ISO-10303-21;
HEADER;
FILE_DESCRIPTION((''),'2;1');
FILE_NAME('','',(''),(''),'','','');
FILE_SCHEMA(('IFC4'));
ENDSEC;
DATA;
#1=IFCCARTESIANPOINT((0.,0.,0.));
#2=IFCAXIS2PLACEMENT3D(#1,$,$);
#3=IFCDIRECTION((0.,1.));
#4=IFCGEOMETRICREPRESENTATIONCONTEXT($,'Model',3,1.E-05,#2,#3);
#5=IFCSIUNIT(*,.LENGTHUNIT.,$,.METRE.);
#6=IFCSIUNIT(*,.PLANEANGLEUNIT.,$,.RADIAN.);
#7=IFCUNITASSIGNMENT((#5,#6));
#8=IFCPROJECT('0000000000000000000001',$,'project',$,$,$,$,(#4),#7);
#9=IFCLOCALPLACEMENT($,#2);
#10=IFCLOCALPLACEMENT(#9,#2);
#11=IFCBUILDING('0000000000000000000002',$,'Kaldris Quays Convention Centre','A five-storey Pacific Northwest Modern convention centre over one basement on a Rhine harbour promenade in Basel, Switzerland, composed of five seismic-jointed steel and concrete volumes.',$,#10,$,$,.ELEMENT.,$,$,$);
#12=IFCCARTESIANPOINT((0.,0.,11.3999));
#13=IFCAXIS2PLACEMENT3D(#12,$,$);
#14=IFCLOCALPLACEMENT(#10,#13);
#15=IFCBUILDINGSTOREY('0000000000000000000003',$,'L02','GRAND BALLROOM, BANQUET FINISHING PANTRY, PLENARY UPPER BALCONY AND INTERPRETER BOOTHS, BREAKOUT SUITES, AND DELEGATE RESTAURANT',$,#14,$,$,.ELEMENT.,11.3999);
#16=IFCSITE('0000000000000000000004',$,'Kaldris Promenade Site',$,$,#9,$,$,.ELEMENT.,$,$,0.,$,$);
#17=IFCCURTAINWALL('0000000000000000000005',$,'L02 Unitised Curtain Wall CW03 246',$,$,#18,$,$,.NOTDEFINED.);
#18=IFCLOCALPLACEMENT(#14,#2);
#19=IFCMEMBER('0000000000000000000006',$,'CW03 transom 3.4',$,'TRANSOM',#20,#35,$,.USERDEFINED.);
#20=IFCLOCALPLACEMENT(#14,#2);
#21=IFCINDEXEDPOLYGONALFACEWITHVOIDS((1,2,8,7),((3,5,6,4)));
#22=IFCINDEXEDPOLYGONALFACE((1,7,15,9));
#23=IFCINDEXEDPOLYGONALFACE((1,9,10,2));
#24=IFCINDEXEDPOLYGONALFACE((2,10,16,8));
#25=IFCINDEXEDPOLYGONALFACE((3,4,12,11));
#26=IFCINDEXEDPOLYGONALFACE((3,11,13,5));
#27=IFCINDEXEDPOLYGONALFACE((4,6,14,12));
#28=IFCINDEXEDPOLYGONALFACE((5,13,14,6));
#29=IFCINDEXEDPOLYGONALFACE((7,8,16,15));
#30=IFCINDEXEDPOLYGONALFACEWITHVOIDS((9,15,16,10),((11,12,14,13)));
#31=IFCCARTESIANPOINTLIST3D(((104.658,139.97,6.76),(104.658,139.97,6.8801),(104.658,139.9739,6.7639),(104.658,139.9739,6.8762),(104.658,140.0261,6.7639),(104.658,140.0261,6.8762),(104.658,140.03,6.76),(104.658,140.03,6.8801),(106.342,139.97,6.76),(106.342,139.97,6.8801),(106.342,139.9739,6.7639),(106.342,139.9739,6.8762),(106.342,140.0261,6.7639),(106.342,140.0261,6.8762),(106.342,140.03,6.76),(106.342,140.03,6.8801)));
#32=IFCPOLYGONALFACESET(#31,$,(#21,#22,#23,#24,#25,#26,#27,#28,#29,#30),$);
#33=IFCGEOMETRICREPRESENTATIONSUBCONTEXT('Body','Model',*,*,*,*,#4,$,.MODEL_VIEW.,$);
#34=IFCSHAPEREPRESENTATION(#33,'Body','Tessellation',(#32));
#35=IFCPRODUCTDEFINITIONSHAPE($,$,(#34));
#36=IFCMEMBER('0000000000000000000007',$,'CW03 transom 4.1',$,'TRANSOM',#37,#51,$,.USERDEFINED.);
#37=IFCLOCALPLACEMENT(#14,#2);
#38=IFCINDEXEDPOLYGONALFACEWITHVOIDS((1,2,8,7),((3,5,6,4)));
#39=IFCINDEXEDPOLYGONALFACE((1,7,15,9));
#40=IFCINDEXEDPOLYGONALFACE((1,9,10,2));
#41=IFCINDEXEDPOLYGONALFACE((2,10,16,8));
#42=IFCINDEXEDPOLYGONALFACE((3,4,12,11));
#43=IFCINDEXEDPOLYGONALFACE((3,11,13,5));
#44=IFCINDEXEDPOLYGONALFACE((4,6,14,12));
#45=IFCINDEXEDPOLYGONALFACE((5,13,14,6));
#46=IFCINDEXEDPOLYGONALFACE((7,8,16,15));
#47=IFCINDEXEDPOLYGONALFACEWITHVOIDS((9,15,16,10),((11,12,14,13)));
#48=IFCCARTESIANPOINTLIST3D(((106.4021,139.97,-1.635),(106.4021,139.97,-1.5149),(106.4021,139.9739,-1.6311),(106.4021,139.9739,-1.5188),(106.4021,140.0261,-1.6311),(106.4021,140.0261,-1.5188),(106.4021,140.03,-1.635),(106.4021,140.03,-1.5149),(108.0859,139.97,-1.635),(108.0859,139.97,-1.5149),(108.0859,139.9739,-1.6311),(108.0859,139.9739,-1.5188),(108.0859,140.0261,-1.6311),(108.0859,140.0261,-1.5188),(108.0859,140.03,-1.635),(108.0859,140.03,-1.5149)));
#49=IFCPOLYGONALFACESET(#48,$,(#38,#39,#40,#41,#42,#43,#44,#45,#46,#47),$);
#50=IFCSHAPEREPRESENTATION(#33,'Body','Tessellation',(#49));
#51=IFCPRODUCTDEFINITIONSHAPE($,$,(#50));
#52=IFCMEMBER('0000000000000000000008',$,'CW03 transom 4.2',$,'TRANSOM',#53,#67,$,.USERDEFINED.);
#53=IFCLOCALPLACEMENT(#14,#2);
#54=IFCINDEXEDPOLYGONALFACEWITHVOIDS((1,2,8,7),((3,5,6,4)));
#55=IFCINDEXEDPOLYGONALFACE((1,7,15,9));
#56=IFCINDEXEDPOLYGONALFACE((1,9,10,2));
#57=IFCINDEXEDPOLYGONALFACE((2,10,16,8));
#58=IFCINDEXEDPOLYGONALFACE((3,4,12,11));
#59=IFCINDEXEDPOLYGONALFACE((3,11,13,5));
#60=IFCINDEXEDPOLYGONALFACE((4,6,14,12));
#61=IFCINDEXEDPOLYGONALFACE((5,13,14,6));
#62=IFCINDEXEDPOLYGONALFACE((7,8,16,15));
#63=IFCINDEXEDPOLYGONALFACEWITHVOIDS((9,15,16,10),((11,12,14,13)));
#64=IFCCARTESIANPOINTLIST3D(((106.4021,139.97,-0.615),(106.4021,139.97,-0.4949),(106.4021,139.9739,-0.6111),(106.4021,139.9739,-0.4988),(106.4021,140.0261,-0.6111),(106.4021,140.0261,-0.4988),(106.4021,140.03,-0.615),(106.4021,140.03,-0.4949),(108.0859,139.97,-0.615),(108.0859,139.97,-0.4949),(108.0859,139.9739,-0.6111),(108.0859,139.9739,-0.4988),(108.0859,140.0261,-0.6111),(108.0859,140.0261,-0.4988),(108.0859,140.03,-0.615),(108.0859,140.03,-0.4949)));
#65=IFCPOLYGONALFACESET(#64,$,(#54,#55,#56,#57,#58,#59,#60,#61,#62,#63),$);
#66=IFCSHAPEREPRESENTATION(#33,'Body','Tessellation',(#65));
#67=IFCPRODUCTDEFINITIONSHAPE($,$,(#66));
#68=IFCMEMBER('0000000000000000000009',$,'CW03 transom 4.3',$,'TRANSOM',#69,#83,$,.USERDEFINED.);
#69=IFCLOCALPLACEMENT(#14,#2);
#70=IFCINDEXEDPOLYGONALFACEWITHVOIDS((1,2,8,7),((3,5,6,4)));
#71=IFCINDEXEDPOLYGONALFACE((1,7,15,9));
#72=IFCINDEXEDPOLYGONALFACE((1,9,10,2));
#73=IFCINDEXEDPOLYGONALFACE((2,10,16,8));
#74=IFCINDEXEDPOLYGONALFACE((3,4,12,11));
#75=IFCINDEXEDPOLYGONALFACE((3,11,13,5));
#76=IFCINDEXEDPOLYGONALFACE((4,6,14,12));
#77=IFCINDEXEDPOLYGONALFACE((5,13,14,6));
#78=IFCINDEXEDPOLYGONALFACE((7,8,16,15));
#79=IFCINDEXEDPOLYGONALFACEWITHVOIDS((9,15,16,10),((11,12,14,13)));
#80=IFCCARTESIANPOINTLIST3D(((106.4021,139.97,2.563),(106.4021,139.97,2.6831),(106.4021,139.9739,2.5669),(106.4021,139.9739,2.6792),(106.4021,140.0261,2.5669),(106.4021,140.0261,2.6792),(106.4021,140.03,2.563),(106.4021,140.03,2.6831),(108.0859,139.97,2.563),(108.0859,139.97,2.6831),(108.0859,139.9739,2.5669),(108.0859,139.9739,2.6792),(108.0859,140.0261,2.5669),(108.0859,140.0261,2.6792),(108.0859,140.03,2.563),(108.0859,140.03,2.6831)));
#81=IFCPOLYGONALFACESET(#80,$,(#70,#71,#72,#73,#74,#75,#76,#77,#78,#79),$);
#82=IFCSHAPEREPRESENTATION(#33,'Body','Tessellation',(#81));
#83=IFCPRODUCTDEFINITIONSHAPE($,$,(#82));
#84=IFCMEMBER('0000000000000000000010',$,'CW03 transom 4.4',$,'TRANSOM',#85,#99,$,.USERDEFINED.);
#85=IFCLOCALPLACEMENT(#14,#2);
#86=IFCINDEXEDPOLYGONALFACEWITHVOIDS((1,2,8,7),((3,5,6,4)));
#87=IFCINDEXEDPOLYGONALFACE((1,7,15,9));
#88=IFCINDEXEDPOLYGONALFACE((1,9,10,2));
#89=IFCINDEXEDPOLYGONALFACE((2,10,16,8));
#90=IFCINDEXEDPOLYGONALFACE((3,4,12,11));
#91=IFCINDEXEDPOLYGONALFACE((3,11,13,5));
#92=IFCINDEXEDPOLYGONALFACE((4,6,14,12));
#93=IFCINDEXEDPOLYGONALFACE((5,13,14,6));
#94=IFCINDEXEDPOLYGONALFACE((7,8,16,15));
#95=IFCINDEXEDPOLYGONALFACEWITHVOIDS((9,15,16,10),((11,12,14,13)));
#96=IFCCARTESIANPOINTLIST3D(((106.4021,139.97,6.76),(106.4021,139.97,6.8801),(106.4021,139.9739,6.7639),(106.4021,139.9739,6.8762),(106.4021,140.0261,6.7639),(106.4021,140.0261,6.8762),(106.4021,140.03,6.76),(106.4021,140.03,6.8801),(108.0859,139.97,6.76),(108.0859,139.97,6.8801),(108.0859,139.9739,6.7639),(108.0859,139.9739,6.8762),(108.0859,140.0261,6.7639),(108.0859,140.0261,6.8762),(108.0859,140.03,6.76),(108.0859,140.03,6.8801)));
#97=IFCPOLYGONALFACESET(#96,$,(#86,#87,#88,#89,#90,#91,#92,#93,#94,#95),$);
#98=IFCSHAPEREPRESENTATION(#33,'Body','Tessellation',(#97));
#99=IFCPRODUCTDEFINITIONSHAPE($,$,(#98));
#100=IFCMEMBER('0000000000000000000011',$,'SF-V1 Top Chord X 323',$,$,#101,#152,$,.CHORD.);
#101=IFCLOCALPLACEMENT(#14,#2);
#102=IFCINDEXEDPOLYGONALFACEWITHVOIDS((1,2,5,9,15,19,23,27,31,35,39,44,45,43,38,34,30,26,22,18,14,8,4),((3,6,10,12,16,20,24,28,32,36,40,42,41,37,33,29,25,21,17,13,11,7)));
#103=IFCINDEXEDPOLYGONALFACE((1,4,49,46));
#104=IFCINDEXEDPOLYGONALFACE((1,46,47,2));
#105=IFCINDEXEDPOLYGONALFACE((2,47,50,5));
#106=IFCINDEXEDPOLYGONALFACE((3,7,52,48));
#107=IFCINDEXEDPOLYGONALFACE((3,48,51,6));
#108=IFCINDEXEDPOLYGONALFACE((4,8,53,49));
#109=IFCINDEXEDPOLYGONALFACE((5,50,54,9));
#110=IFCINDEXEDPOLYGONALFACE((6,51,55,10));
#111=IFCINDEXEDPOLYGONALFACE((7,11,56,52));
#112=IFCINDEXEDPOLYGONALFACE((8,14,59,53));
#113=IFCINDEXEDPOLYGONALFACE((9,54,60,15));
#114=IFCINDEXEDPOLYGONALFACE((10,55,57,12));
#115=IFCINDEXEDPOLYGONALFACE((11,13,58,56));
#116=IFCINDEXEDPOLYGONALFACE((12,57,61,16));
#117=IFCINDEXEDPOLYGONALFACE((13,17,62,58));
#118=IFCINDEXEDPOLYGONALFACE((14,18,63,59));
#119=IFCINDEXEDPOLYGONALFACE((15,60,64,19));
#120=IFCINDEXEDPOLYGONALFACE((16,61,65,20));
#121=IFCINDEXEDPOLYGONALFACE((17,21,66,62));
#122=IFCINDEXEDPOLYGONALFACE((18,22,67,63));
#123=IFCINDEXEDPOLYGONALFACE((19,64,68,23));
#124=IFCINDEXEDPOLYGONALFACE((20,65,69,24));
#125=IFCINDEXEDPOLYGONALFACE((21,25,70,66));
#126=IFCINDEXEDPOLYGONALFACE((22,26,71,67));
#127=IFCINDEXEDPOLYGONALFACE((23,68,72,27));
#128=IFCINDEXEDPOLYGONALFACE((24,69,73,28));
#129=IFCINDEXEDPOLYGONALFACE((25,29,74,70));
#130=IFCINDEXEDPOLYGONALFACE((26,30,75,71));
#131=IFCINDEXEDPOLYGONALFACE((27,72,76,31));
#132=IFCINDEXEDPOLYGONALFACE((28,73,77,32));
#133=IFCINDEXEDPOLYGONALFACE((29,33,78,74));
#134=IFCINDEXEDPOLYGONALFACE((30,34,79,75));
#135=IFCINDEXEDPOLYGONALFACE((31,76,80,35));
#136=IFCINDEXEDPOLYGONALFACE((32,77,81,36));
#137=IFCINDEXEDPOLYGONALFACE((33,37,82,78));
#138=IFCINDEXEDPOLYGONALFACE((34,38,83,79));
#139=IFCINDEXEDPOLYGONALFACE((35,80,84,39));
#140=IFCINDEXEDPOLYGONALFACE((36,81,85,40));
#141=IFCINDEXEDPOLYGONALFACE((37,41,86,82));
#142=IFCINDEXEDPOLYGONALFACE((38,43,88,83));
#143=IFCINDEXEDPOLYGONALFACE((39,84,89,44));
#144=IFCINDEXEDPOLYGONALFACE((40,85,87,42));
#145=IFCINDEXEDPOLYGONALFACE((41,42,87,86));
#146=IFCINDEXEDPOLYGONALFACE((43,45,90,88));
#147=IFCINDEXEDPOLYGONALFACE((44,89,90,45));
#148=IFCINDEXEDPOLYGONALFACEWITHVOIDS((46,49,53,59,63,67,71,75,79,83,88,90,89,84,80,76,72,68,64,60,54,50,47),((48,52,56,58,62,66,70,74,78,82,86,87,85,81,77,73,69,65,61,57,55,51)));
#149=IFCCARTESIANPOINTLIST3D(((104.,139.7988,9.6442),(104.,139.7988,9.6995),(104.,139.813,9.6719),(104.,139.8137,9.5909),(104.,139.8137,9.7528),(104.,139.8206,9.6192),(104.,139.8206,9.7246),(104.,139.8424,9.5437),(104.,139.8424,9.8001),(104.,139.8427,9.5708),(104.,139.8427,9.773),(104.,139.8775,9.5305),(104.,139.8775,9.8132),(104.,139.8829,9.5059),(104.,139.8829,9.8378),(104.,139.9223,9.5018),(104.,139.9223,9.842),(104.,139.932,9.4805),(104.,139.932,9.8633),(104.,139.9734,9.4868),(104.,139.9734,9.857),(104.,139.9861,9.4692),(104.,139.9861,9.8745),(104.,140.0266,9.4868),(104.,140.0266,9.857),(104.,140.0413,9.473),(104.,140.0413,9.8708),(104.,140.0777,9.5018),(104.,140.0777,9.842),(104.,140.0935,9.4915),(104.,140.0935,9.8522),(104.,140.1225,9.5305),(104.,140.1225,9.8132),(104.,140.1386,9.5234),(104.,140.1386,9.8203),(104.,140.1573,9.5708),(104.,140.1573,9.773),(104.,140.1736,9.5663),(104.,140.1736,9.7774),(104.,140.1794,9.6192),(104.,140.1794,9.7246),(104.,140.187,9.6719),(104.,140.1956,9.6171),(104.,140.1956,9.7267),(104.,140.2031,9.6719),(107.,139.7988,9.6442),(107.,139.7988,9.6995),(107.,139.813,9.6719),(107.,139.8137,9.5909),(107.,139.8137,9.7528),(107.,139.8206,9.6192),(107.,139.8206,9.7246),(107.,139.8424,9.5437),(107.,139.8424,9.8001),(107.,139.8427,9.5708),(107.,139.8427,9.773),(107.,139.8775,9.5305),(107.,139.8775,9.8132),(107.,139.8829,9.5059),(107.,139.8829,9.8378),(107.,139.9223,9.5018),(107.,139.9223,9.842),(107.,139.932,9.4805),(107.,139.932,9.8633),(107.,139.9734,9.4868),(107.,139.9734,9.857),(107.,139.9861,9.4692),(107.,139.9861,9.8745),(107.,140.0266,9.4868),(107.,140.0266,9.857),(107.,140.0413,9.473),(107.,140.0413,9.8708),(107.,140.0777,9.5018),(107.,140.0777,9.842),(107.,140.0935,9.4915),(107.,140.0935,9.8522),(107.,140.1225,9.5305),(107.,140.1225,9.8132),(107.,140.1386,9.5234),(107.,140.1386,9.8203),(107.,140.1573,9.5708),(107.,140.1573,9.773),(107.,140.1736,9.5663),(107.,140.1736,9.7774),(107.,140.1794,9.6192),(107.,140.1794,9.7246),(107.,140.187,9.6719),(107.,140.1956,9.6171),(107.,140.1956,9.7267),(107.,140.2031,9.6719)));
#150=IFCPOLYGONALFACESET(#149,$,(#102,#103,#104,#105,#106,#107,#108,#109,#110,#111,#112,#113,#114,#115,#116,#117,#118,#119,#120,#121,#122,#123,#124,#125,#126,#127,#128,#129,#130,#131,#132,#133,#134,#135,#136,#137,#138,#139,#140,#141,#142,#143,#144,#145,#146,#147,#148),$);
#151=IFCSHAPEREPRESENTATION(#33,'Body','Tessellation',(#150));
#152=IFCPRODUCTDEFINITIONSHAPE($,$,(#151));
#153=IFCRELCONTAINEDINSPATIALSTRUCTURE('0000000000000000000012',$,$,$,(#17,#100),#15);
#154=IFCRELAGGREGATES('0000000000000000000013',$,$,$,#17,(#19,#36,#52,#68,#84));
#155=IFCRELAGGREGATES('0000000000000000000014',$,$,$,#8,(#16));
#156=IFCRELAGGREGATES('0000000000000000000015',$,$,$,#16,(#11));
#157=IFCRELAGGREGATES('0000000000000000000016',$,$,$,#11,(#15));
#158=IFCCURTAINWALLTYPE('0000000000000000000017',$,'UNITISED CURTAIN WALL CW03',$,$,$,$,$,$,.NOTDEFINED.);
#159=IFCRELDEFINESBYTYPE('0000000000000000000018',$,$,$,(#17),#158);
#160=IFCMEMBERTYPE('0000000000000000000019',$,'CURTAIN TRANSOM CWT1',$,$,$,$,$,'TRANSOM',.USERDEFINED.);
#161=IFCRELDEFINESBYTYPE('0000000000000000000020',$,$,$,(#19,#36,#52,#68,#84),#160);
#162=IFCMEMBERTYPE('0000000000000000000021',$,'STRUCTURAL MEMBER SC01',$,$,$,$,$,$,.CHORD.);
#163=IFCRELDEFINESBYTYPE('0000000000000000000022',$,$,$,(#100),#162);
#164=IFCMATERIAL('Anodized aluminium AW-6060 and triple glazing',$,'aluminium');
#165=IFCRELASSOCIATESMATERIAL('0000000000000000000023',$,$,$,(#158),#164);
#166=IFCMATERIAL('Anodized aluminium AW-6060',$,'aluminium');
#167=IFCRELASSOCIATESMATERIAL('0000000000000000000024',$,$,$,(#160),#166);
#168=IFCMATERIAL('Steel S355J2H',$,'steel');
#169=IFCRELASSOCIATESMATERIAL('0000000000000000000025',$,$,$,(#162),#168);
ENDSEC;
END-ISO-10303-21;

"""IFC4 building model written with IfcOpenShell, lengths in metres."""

from ifc_helpers import new_model, si_unit, direction, frame, origin, origin_2d, place, context, subcontext, project, spatial, hollow_rectangle, hollow_circle, extrude, material, material_profile, profile_set, type_object, element, aggregate, save


model = new_model("IFC4")

# Units and contexts
model_context = context("Model", 3, precision=1e-05, world=origin(), true_north=direction((0.0, 1.0)))
body_context = subcontext(model_context, "Body", "Model", "MODEL_VIEW")
ifc_project = project(units=[si_unit("LENGTHUNIT", "METRE"), si_unit("PLANEANGLEUNIT", "RADIAN")], contexts=[model_context])

# Site, building, storey
site_placement = place(None, origin())
site = spatial("IfcSite", under=ifc_project, at=site_placement, Name="Kaldris Promenade Site", CompositionType="ELEMENT", RefElevation=0.0)
building_placement = place(site_placement, origin())
building = spatial("IfcBuilding", under=site, at=building_placement, Name="Kaldris Quays Convention Centre", Description="A five-storey Pacific Northwest Modern convention centre over one basement on a Rhine harbour promenade in Basel, Switzerland, composed of five seismic-jointed steel and concrete volumes.", CompositionType="ELEMENT")
storey_placement = place(building_placement, frame((0.0, 0.0, 11.3999)))
storey = spatial("IfcBuildingStorey", under=building, at=storey_placement, Name="L02", Description="GRAND BALLROOM, BANQUET FINISHING PANTRY, PLENARY UPPER BALCONY AND INTERPRETER BOOTHS, BREAKOUT SUITES, AND DELEGATE RESTAURANT", CompositionType="ELEMENT", Elevation=11.3999)

# Curtain wall, members
ifc_material_1 = material(Name="Anodized aluminium AW-6060 and triple glazing", Category="aluminium")
curtain_wall_type = type_object("IfcCurtainWallType", Name="UNITISED CURTAIN WALL CW03", PredefinedType="NOTDEFINED", material=ifc_material_1)
curtain_wall_placement = place(storey_placement, origin())
curtain_wall = element("IfcCurtainWall", 1, at=curtain_wall_placement, inside=storey, type_object=curtain_wall_type, Name="L02 Unitised Curtain Wall CW03 246", PredefinedType="NOTDEFINED")
ifc_material_2 = material(Name="Anodized aluminium AW-6060", Category="aluminium")
ifc_material_profile_1 = material_profile(ifc_material_2, hollow_rectangle(XDim=0.0601, YDim=0.1201, WallThickness=0.0039, at=origin_2d()), Name="RHS 120x60x4")
ifc_profile_set_1 = profile_set([ifc_material_profile_1], Name="Anodized aluminium AW-6060")
member_type_1 = type_object("IfcMemberType", Name="CURTAIN TRANSOM CWT1", ElementType="TRANSOM", PredefinedType="USERDEFINED", material=ifc_profile_set_1)
member_1_placement = place(storey_placement, frame((104.658, 140.0, 6.8201), z_axis=(1.0, 0.0, 0.0), x_axis=(0.0, 1.0, 0.0)))
member_1 = element("IfcMember", 2, at=member_1_placement, type_object=member_type_1, Name="CW03 transom 3.4", ObjectType="TRANSOM", PredefinedType="USERDEFINED", context=body_context, shape_type="SweptSolid", body=[
    extrude(hollow_rectangle(XDim=0.0601, YDim=0.1201, WallThickness=0.0039, at=origin_2d()), origin(), (0.0, 0.0, 1.0), 1.6841),
])
member_2_placement = place(storey_placement, frame((106.4021, 140.0, -1.575), z_axis=(1.0, 0.0, 0.0), x_axis=(0.0, 1.0, 0.0)))
member_2 = element("IfcMember", 3, at=member_2_placement, type_object=member_type_1, Name="CW03 transom 4.1", ObjectType="TRANSOM", PredefinedType="USERDEFINED", context=body_context, shape_type="SweptSolid", body=[
    extrude(hollow_rectangle(XDim=0.0601, YDim=0.1201, WallThickness=0.0039, at=origin_2d()), origin(), (0.0, 0.0, 1.0), 1.6838),
])
member_3_placement = place(storey_placement, frame((106.4021, 140.0, -0.5549), z_axis=(1.0, 0.0, 0.0), x_axis=(0.0, 1.0, 0.0)))
member_3 = element("IfcMember", 4, at=member_3_placement, type_object=member_type_1, Name="CW03 transom 4.2", ObjectType="TRANSOM", PredefinedType="USERDEFINED", context=body_context, shape_type="SweptSolid", body=[
    extrude(hollow_rectangle(XDim=0.0601, YDim=0.1201, WallThickness=0.0039, at=origin_2d()), origin(), (0.0, 0.0, 1.0), 1.6838),
])
member_4_placement = place(storey_placement, frame((106.4021, 140.0, 2.623), z_axis=(1.0, 0.0, 0.0), x_axis=(0.0, 1.0, 0.0)))
member_4 = element("IfcMember", 5, at=member_4_placement, type_object=member_type_1, Name="CW03 transom 4.3", ObjectType="TRANSOM", PredefinedType="USERDEFINED", context=body_context, shape_type="SweptSolid", body=[
    extrude(hollow_rectangle(XDim=0.0601, YDim=0.1201, WallThickness=0.0039, at=origin_2d()), origin(), (0.0, 0.0, 1.0), 1.6838),
])
member_5_placement = place(storey_placement, frame((106.4021, 140.0, 6.8201), z_axis=(1.0, 0.0, 0.0), x_axis=(0.0, 1.0, 0.0)))
member_5 = element("IfcMember", 6, at=member_5_placement, type_object=member_type_1, Name="CW03 transom 4.4", ObjectType="TRANSOM", PredefinedType="USERDEFINED", context=body_context, shape_type="SweptSolid", body=[
    extrude(hollow_rectangle(XDim=0.0601, YDim=0.1201, WallThickness=0.0039, at=origin_2d()), origin(), (0.0, 0.0, 1.0), 1.6838),
])

# Member
ifc_material_3 = material(Name="Steel S355J2H", Category="steel")
ifc_material_profile_2 = material_profile(ifc_material_3, hollow_circle(Radius=0.2031, WallThickness=0.0161, at=origin_2d()), Name="CHS 406.4x16")
ifc_profile_set_2 = profile_set([ifc_material_profile_2], Name="Steel S355J2H")
member_type_2 = type_object("IfcMemberType", Name="STRUCTURAL MEMBER SC01", PredefinedType="CHORD", material=ifc_profile_set_2)
for number, where, z_axis, x_axis, name in (
    (7, (104.0, 140.0, 9.6719), (1.0, 0.0, 0.0), (0.0, 1.0, 0.0), "SF-V1 Top Chord X 323"),
):
    element("IfcMember", number, at=place(storey_placement, frame(where, z_axis=z_axis, x_axis=x_axis)), inside=storey, type_object=member_type_2, Name=name, PredefinedType="CHORD", context=body_context, shape_type="SweptSolid", body=[
        extrude(hollow_circle(Radius=0.2031, WallThickness=0.0161, at=origin_2d()), origin(), (0.0, 0.0, 1.0), 3.0),
    ])

aggregate(curtain_wall, [member_1, member_2, member_3, member_4, member_5])

save(model, "model.ifc")
